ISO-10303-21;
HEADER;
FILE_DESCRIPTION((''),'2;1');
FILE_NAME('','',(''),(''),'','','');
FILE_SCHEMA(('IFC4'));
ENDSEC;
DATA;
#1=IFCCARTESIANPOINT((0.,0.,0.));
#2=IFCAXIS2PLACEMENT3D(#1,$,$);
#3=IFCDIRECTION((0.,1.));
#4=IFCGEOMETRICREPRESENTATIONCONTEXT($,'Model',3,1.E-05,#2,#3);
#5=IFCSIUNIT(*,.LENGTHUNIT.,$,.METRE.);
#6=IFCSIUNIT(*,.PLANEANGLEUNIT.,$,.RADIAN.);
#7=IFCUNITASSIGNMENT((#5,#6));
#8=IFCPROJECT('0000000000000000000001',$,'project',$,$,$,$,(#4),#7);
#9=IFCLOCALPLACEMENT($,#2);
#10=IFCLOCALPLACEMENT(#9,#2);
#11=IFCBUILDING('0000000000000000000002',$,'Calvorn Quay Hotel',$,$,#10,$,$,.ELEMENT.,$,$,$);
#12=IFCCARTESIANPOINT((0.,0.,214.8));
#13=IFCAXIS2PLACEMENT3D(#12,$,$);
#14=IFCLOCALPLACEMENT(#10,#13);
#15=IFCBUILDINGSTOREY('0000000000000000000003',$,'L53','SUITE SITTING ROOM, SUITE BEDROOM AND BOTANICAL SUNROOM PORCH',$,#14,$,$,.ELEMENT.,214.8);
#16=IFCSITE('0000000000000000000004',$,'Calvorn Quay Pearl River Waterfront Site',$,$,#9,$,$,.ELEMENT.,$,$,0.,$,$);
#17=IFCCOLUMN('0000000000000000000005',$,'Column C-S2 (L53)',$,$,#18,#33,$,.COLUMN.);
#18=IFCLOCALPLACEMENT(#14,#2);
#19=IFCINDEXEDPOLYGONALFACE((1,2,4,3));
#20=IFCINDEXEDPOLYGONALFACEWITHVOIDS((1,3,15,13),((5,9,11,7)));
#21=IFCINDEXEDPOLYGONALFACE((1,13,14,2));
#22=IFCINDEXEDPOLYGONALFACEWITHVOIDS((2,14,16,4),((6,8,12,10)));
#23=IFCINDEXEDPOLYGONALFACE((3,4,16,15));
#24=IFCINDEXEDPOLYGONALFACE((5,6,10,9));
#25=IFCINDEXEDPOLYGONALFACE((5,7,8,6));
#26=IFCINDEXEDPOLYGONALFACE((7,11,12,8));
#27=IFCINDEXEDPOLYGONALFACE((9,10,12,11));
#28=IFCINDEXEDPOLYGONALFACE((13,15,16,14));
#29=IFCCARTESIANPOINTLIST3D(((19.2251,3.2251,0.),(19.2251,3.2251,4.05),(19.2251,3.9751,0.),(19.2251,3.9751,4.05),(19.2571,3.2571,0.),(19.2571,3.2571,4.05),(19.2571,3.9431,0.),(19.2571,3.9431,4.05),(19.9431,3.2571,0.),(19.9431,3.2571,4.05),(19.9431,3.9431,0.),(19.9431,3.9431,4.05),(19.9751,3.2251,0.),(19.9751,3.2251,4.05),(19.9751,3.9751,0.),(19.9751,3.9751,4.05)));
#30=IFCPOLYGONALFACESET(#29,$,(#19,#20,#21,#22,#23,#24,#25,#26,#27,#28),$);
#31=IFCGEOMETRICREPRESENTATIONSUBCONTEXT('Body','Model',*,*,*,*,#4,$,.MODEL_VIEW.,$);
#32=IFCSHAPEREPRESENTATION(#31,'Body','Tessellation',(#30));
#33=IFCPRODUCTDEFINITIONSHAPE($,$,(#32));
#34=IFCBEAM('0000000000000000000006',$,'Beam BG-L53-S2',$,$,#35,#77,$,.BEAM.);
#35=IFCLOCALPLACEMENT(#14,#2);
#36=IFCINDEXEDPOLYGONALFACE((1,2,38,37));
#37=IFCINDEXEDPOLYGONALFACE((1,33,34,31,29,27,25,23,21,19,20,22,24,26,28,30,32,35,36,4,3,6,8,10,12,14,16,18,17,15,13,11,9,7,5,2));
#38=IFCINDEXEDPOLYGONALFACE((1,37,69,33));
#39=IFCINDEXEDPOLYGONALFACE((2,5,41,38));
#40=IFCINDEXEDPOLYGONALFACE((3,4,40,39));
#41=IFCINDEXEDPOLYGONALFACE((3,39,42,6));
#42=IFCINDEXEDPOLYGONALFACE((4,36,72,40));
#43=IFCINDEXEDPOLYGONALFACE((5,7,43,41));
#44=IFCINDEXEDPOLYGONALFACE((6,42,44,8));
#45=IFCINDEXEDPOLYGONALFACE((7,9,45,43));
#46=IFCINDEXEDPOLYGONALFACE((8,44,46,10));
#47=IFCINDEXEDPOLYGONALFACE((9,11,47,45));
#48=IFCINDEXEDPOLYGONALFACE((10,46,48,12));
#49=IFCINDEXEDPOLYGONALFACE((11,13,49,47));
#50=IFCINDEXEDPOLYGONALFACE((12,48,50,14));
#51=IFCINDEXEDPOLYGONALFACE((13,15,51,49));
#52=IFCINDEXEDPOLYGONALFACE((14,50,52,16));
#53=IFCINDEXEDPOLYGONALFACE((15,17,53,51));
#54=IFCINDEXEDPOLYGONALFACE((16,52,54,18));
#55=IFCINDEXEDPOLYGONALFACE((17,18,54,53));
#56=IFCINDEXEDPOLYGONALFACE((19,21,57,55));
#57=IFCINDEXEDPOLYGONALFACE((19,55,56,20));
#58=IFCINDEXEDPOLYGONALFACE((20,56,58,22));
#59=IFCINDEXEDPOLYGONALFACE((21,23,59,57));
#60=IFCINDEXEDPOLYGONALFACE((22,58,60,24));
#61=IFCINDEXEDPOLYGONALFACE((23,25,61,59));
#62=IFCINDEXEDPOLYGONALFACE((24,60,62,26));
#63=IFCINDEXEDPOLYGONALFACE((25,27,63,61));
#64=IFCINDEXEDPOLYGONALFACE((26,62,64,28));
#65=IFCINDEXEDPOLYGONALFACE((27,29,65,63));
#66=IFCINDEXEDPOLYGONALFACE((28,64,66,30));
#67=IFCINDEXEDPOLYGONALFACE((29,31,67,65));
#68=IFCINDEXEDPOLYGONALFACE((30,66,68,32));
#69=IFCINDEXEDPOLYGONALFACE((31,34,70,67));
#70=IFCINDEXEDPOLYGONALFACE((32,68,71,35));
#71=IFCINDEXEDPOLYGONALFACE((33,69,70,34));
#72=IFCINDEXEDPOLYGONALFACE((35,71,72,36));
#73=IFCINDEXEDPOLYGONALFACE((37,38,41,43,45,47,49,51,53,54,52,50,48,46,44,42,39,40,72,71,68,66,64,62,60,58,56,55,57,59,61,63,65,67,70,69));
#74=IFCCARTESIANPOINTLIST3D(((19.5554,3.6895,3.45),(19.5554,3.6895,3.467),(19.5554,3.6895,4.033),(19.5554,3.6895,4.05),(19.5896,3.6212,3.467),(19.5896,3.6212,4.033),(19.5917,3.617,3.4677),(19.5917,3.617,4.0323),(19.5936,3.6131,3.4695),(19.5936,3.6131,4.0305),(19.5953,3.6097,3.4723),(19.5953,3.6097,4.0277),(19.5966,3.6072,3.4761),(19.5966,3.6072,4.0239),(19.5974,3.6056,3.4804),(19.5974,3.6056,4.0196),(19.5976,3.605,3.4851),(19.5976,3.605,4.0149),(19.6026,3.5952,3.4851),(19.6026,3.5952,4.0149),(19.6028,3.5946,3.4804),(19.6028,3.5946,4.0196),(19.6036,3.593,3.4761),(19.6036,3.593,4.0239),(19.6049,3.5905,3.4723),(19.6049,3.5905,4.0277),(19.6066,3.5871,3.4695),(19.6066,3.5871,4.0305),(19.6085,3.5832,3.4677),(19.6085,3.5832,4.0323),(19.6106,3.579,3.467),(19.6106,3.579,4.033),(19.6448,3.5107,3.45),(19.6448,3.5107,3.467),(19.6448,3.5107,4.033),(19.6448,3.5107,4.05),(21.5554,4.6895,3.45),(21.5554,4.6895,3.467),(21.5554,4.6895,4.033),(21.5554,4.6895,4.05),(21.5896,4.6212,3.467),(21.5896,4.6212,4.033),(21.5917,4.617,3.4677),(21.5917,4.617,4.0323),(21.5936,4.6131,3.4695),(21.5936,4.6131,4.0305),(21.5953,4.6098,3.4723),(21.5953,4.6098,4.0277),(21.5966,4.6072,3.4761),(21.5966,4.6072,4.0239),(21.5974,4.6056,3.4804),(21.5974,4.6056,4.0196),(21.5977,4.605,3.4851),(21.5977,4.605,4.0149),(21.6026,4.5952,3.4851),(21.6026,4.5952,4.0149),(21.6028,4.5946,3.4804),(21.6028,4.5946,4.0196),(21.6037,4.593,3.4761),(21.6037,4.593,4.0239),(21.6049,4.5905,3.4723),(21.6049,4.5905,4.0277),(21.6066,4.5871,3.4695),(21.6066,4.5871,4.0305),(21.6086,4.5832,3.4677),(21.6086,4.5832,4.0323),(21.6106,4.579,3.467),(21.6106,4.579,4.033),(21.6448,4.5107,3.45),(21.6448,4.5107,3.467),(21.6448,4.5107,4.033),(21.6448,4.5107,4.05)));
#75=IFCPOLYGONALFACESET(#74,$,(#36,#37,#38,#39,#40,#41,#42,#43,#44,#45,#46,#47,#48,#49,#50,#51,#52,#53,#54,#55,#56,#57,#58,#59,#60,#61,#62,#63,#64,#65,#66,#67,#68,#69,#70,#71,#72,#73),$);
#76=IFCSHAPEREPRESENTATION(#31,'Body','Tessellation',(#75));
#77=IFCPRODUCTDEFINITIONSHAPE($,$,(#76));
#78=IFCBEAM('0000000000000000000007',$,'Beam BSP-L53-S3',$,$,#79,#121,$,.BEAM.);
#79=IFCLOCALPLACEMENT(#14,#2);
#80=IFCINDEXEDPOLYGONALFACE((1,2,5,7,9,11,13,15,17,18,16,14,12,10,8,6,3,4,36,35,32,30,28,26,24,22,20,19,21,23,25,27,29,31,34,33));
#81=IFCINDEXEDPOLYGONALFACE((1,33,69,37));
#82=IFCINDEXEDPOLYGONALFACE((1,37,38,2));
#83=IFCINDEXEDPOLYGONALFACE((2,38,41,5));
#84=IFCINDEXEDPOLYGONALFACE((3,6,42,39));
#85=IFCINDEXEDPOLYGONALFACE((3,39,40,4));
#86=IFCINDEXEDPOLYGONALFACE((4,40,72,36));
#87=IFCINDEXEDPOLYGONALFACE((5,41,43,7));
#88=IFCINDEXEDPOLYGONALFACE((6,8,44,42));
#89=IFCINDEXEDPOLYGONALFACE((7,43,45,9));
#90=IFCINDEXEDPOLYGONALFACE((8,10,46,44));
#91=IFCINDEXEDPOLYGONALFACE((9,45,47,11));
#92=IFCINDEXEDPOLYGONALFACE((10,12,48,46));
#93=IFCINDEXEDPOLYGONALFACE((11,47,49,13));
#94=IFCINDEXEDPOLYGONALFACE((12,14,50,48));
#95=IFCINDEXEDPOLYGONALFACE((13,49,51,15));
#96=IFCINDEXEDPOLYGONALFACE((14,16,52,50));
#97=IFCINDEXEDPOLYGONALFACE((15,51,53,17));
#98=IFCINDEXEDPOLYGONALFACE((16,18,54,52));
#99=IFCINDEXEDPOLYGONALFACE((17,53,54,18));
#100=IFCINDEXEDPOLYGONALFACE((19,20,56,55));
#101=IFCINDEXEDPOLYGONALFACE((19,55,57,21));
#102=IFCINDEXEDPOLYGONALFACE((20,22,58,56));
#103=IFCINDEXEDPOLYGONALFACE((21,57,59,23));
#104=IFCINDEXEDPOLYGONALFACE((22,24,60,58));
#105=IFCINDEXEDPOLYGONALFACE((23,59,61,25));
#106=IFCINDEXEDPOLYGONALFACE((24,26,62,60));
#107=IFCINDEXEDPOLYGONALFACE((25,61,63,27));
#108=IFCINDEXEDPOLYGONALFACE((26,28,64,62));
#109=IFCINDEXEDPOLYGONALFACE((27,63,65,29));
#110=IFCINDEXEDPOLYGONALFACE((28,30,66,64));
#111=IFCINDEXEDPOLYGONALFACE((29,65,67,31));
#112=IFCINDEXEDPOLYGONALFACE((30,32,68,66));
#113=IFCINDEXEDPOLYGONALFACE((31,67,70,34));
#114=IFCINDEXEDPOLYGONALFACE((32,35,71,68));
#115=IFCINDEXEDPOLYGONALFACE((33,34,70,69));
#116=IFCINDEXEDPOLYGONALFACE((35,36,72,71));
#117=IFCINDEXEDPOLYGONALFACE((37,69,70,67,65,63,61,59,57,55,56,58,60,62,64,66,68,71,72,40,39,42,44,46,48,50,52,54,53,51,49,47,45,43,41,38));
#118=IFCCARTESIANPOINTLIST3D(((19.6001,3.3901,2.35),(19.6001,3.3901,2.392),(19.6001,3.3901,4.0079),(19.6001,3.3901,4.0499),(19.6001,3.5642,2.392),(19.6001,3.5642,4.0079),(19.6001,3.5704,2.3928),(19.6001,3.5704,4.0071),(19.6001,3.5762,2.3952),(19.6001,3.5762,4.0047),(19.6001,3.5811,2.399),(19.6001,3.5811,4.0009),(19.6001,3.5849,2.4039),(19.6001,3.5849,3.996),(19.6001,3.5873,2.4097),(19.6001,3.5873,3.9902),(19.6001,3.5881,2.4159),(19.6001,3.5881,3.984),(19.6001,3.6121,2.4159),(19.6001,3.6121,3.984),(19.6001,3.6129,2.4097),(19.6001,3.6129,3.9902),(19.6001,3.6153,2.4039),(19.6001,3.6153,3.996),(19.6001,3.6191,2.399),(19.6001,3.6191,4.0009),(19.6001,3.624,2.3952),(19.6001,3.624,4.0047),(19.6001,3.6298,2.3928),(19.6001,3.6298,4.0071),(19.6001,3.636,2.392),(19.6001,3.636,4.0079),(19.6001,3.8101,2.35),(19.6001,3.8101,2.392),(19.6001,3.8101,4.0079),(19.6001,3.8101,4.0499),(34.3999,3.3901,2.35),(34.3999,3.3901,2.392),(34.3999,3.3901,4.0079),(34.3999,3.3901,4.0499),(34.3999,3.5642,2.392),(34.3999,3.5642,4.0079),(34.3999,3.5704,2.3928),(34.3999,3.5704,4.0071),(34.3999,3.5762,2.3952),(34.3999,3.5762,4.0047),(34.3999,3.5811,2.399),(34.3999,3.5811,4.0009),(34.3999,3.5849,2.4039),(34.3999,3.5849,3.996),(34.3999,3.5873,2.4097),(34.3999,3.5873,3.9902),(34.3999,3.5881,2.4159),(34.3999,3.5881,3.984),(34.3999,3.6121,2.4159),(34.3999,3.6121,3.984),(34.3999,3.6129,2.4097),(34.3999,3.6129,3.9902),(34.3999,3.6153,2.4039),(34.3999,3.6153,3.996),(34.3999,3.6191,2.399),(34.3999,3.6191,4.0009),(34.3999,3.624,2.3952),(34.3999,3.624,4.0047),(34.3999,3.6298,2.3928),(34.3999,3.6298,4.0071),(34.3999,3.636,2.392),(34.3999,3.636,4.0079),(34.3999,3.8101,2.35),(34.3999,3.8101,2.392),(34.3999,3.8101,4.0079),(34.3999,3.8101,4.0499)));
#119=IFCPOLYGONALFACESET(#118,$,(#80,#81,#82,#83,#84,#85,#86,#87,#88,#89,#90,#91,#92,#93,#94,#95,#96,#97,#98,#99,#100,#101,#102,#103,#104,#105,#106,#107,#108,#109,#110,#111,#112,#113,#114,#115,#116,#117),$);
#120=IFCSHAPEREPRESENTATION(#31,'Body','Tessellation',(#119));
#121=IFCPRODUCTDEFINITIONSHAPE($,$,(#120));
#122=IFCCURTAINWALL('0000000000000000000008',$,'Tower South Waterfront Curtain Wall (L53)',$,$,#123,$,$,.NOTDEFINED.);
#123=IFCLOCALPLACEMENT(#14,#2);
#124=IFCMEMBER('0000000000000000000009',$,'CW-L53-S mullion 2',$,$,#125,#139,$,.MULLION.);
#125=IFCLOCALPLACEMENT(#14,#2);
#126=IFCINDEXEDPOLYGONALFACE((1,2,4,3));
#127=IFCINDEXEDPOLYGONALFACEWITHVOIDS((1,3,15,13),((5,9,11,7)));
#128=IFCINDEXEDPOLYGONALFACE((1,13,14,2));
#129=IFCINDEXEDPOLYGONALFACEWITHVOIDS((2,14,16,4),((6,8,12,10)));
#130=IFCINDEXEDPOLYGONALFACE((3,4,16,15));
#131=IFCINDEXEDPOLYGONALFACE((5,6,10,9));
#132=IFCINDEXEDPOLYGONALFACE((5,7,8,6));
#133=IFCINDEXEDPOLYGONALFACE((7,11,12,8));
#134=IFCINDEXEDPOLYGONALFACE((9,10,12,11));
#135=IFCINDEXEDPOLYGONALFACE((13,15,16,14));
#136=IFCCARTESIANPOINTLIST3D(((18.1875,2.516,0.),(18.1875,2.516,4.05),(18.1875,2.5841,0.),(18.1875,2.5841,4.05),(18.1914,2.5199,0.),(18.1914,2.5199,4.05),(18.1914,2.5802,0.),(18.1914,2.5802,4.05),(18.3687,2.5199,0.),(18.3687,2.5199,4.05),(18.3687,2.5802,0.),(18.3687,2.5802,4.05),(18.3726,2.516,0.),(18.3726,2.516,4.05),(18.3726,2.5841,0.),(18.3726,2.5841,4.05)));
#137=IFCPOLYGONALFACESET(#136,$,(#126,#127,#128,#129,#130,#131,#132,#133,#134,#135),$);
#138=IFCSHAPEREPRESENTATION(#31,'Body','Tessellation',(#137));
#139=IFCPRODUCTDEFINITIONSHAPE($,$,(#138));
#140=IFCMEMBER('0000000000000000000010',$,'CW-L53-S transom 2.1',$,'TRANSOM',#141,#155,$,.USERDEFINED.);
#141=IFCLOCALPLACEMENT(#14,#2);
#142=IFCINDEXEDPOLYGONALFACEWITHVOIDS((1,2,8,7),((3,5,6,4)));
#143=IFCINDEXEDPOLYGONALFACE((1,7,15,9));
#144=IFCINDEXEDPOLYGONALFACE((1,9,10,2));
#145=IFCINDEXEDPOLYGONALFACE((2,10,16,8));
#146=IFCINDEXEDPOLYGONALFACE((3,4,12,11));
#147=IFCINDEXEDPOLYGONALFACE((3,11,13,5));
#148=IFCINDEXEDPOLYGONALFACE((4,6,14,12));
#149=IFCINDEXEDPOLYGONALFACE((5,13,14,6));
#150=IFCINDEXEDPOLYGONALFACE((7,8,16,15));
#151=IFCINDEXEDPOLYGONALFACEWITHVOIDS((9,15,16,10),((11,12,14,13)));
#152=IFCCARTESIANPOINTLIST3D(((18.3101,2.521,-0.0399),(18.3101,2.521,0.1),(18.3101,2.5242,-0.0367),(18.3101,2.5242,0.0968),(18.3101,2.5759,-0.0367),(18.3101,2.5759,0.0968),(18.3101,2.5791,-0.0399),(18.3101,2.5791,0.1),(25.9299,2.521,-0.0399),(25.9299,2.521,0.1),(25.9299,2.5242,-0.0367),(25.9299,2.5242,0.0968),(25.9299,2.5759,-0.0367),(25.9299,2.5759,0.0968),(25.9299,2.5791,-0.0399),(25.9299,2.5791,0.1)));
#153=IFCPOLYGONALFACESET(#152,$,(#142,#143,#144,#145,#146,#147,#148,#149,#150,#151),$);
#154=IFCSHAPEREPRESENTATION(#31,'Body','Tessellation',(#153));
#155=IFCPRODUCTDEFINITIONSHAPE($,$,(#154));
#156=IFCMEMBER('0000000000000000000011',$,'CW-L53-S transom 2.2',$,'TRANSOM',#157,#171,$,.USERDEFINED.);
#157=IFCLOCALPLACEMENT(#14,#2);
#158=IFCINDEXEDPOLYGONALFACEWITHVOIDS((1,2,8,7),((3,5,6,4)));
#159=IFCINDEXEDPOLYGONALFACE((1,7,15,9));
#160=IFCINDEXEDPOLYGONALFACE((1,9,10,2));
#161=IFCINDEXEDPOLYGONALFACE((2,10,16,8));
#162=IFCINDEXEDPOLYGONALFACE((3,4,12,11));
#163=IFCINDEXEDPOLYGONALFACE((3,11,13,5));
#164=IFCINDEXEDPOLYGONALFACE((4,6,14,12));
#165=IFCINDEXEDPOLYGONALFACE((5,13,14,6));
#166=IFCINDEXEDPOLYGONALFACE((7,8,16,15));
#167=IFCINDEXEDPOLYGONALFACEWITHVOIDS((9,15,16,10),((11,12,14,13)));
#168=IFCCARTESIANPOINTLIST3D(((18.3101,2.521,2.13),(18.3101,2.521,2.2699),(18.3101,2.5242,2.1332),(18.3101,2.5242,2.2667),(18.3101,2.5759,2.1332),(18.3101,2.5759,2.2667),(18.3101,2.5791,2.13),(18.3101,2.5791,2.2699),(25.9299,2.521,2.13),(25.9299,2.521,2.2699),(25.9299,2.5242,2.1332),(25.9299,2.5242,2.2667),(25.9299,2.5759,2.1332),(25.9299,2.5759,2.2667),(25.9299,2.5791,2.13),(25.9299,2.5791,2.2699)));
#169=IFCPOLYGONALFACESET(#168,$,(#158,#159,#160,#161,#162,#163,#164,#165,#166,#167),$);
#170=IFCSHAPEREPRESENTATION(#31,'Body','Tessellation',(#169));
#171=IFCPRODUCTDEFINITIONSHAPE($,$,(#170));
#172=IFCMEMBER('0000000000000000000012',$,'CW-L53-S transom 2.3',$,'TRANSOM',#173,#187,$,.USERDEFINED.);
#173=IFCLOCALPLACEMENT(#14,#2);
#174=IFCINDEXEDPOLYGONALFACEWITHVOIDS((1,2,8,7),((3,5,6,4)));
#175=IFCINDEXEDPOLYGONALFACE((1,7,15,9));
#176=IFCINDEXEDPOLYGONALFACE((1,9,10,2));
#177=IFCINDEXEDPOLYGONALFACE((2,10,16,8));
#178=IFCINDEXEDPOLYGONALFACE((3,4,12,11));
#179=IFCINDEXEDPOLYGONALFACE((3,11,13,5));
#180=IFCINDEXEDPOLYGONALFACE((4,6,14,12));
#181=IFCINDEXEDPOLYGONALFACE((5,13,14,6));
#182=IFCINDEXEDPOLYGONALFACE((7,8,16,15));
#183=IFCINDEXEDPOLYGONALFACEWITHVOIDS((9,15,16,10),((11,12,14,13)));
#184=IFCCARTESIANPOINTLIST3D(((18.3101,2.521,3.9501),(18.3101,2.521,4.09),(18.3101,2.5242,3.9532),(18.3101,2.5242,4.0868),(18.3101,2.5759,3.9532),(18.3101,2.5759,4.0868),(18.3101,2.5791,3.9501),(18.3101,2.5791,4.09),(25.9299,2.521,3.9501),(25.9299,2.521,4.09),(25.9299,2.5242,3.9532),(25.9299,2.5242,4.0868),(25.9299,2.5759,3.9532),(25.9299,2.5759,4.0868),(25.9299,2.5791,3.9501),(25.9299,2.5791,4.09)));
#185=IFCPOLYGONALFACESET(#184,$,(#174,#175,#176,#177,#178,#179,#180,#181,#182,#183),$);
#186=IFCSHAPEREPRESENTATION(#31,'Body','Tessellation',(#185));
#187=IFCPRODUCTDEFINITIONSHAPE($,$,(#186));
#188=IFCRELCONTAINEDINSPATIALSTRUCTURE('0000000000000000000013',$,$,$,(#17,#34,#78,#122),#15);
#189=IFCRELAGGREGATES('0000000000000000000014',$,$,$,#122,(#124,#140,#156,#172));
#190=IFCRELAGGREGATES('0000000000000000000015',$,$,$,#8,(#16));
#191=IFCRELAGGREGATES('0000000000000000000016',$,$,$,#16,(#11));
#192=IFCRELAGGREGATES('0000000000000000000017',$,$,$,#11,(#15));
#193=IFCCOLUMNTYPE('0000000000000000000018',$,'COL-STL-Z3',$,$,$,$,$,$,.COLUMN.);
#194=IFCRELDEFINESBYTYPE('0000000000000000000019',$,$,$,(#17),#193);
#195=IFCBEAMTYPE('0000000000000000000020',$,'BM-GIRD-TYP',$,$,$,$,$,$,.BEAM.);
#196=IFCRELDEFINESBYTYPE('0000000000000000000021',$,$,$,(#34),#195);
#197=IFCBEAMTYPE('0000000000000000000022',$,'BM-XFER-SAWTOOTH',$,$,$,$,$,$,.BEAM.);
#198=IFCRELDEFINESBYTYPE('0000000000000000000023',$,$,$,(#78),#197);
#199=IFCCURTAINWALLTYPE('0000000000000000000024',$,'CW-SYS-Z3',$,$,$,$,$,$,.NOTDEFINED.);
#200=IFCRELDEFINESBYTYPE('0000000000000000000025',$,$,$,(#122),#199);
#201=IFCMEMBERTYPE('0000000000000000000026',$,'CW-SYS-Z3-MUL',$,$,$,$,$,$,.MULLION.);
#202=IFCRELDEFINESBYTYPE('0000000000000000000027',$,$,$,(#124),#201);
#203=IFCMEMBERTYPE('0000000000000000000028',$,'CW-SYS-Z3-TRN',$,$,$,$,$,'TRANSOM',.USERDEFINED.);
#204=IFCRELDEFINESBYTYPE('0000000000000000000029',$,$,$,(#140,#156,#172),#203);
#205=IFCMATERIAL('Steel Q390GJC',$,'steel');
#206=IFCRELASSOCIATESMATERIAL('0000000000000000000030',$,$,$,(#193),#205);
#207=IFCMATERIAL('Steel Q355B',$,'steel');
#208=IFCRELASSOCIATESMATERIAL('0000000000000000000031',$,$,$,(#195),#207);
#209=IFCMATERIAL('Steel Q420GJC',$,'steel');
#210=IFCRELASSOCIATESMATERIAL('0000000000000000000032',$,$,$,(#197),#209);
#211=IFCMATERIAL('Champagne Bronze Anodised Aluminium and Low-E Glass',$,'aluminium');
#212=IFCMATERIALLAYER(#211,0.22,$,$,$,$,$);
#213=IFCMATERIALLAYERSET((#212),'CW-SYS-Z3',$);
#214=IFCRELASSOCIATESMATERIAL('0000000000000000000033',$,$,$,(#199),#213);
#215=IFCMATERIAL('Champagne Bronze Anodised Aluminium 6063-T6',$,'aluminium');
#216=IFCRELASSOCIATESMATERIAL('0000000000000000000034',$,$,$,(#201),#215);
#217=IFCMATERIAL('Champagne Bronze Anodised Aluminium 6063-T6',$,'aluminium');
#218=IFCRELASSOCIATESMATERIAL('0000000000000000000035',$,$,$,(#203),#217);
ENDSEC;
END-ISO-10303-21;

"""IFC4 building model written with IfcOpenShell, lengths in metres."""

from ifc_helpers import new_model, si_unit, direction, frame, origin, origin_2d, place, context, subcontext, project, spatial, hollow_rectangle, i_section, extrude, material, layer, layer_set, material_profile, profile_set, type_object, element, aggregate, save


model = new_model("IFC4")

# Units and contexts
model_context = context("Model", 3, precision=1e-05, world=origin(), true_north=direction((0.0, 1.0)))
body_context = subcontext(model_context, "Body", "Model", "MODEL_VIEW")
ifc_project = project(units=[si_unit("LENGTHUNIT", "METRE"), si_unit("PLANEANGLEUNIT", "RADIAN")], contexts=[model_context])

# Site, building, storey
site_placement = place(None, origin())
site = spatial("IfcSite", under=ifc_project, at=site_placement, Name="Calvorn Quay Pearl River Waterfront Site", CompositionType="ELEMENT", RefElevation=0.0)
building_placement = place(site_placement, origin())
building = spatial("IfcBuilding", under=site, at=building_placement, Name="Calvorn Quay Hotel", CompositionType="ELEMENT")
storey_placement = place(building_placement, frame((0.0, 0.0, 214.8)))
storey = spatial("IfcBuildingStorey", under=building, at=storey_placement, Name="L53", Description="SUITE SITTING ROOM, SUITE BEDROOM AND BOTANICAL SUNROOM PORCH", CompositionType="ELEMENT", Elevation=214.8)

# Column
ifc_material_1 = material(Name="Steel Q390GJC", Category="steel")
ifc_material_profile_1 = material_profile(ifc_material_1, hollow_rectangle(XDim=0.75, YDim=0.75, WallThickness=0.032, at=origin_2d()), Name="BOX750x750x32")
ifc_profile_set_1 = profile_set([ifc_material_profile_1], Name="Steel Q390GJC")
column_type = type_object("IfcColumnType", Name="COL-STL-Z3", PredefinedType="COLUMN", material=ifc_profile_set_1)
column_placement = place(storey_placement, frame((19.6001, 3.6001, 0.0), z_axis=(0.0, 0.0, 1.0), x_axis=(1.0, 0.0, 0.0)))
element("IfcColumn", 1, at=column_placement, inside=storey, type_object=column_type, Name="Column C-S2 (L53)", PredefinedType="COLUMN", context=body_context, shape_type="SweptSolid", body=[
    extrude(hollow_rectangle(XDim=0.75, YDim=0.75, WallThickness=0.032, at=origin_2d()), origin(), (0.0, 0.0, 1.0), 4.05),
])

# Beams
ifc_material_2 = material(Name="Steel Q355B", Category="steel")
ifc_material_profile_2 = material_profile(ifc_material_2, i_section(OverallWidth=0.2, OverallDepth=0.6001, WebThickness=0.011, FlangeThickness=0.0171, FilletRadius=0.0181, at=origin_2d()), Name="HN600x200x11x17")
ifc_profile_set_2 = profile_set([ifc_material_profile_2], Name="Steel Q355B")
beam_type_1 = type_object("IfcBeamType", Name="BM-GIRD-TYP", PredefinedType="BEAM", material=ifc_profile_set_2)
beam_1_placement = place(storey_placement, frame((19.6001, 3.6001, 3.75), z_axis=(0.894427, 0.447214, 0.0), x_axis=(-0.447214, 0.894427, 0.0)))
element("IfcBeam", 2, at=beam_1_placement, inside=storey, type_object=beam_type_1, Name="Beam BG-L53-S2", PredefinedType="BEAM", context=body_context, shape_type="SweptSolid", body=[
    extrude(i_section(OverallWidth=0.2, OverallDepth=0.6001, WebThickness=0.011, FlangeThickness=0.0171, FilletRadius=0.0181, at=origin_2d()), origin(), (0.0, 0.0, 1.0), 2.2361),
])
ifc_material_3 = material(Name="Steel Q420GJC", Category="steel")
ifc_material_profile_3 = material_profile(ifc_material_3, i_section(OverallWidth=0.4199, OverallDepth=1.7, WebThickness=0.0239, FlangeThickness=0.042, FilletRadius=0.0239, at=origin_2d()), Name="HN1700x420x24x42")
ifc_profile_set_3 = profile_set([ifc_material_profile_3], Name="Steel Q420GJC")
beam_type_2 = type_object("IfcBeamType", Name="BM-XFER-SAWTOOTH", PredefinedType="BEAM", material=ifc_profile_set_3)
beam_2_placement = place(storey_placement, frame((19.6001, 3.6001, 3.2), z_axis=(1.0, 0.0, 0.0), x_axis=(0.0, 1.0, 0.0)))
element("IfcBeam", 3, at=beam_2_placement, inside=storey, type_object=beam_type_2, Name="Beam BSP-L53-S3", PredefinedType="BEAM", context=body_context, shape_type="SweptSolid", body=[
    extrude(i_section(OverallWidth=0.4199, OverallDepth=1.7, WebThickness=0.0239, FlangeThickness=0.042, FilletRadius=0.0239, at=origin_2d()), origin(), (0.0, 0.0, 1.0), 14.7998),
])

# Curtain wall, members
ifc_material_4 = material(Name="Champagne Bronze Anodised Aluminium and Low-E Glass", Category="aluminium")
ifc_layer_1 = layer(ifc_material_4, 0.22)
ifc_layer_set_1 = layer_set([ifc_layer_1], Name="CW-SYS-Z3")
curtain_wall_type = type_object("IfcCurtainWallType", Name="CW-SYS-Z3", PredefinedType="NOTDEFINED", material=ifc_layer_set_1)
curtain_wall_placement = place(storey_placement, origin())
curtain_wall = element("IfcCurtainWall", 4, at=curtain_wall_placement, inside=storey, type_object=curtain_wall_type, Name="Tower South Waterfront Curtain Wall (L53)", PredefinedType="NOTDEFINED")
ifc_material_5 = material(Name="Champagne Bronze Anodised Aluminium 6063-T6", Category="aluminium")
ifc_material_profile_4 = material_profile(ifc_material_5, hollow_rectangle(XDim=0.0681, YDim=0.1851, WallThickness=0.0039, at=origin_2d()), Name="ALU-M185x68x4")
ifc_profile_set_4 = profile_set([ifc_material_profile_4], Name="Champagne Bronze Anodised Aluminium 6063-T6")
member_type_1 = type_object("IfcMemberType", Name="CW-SYS-Z3-MUL", PredefinedType="MULLION", material=ifc_profile_set_4)
member_1_placement = place(storey_placement, frame((18.28, 2.55, 0.0), z_axis=(0.0, 0.0, 1.0), x_axis=(0.0, 1.0, 0.0)))
member_1 = element("IfcMember", 5, at=member_1_placement, type_object=member_type_1, Name="CW-L53-S mullion 2", PredefinedType="MULLION", context=body_context, shape_type="SweptSolid", body=[
    extrude(hollow_rectangle(XDim=0.0681, YDim=0.1851, WallThickness=0.0039, at=origin_2d()), origin(), (0.0, 0.0, 1.0), 4.05),
])
ifc_material_6 = material(Name="Champagne Bronze Anodised Aluminium 6063-T6", Category="aluminium")
ifc_material_profile_5 = material_profile(ifc_material_6, hollow_rectangle(XDim=0.0581, YDim=0.1399, WallThickness=0.0032, at=origin_2d()), Name="ALU-T140x58x3.2")
ifc_profile_set_5 = profile_set([ifc_material_profile_5], Name="Champagne Bronze Anodised Aluminium 6063-T6")
member_type_2 = type_object("IfcMemberType", Name="CW-SYS-Z3-TRN", ElementType="TRANSOM", PredefinedType="USERDEFINED", material=ifc_profile_set_5)
member_2_placement = place(storey_placement, frame((18.3101, 2.55, 0.03), z_axis=(1.0, 0.0, 0.0), x_axis=(0.0, 1.0, 0.0)))
member_2 = element("IfcMember", 6, at=member_2_placement, type_object=member_type_2, Name="CW-L53-S transom 2.1", ObjectType="TRANSOM", PredefinedType="USERDEFINED", context=body_context, shape_type="SweptSolid", body=[
    extrude(hollow_rectangle(XDim=0.0581, YDim=0.1399, WallThickness=0.0032, at=origin_2d()), origin(), (0.0, 0.0, 1.0), 7.6199),
])
member_3_placement = place(storey_placement, frame((18.3101, 2.55, 2.2), z_axis=(1.0, 0.0, 0.0), x_axis=(0.0, 1.0, 0.0)))
member_3 = element("IfcMember", 7, at=member_3_placement, type_object=member_type_2, Name="CW-L53-S transom 2.2", ObjectType="TRANSOM", PredefinedType="USERDEFINED", context=body_context, shape_type="SweptSolid", body=[
    extrude(hollow_rectangle(XDim=0.0581, YDim=0.1399, WallThickness=0.0032, at=origin_2d()), origin(), (0.0, 0.0, 1.0), 7.6199),
])
member_4_placement = place(storey_placement, frame((18.3101, 2.55, 4.02), z_axis=(1.0, 0.0, 0.0), x_axis=(0.0, 1.0, 0.0)))
member_4 = element("IfcMember", 8, at=member_4_placement, type_object=member_type_2, Name="CW-L53-S transom 2.3", ObjectType="TRANSOM", PredefinedType="USERDEFINED", context=body_context, shape_type="SweptSolid", body=[
    extrude(hollow_rectangle(XDim=0.0581, YDim=0.1399, WallThickness=0.0032, at=origin_2d()), origin(), (0.0, 0.0, 1.0), 7.6199),
])
aggregate(curtain_wall, [member_1, member_2, member_3, member_4])

save(model, "model.ifc")
